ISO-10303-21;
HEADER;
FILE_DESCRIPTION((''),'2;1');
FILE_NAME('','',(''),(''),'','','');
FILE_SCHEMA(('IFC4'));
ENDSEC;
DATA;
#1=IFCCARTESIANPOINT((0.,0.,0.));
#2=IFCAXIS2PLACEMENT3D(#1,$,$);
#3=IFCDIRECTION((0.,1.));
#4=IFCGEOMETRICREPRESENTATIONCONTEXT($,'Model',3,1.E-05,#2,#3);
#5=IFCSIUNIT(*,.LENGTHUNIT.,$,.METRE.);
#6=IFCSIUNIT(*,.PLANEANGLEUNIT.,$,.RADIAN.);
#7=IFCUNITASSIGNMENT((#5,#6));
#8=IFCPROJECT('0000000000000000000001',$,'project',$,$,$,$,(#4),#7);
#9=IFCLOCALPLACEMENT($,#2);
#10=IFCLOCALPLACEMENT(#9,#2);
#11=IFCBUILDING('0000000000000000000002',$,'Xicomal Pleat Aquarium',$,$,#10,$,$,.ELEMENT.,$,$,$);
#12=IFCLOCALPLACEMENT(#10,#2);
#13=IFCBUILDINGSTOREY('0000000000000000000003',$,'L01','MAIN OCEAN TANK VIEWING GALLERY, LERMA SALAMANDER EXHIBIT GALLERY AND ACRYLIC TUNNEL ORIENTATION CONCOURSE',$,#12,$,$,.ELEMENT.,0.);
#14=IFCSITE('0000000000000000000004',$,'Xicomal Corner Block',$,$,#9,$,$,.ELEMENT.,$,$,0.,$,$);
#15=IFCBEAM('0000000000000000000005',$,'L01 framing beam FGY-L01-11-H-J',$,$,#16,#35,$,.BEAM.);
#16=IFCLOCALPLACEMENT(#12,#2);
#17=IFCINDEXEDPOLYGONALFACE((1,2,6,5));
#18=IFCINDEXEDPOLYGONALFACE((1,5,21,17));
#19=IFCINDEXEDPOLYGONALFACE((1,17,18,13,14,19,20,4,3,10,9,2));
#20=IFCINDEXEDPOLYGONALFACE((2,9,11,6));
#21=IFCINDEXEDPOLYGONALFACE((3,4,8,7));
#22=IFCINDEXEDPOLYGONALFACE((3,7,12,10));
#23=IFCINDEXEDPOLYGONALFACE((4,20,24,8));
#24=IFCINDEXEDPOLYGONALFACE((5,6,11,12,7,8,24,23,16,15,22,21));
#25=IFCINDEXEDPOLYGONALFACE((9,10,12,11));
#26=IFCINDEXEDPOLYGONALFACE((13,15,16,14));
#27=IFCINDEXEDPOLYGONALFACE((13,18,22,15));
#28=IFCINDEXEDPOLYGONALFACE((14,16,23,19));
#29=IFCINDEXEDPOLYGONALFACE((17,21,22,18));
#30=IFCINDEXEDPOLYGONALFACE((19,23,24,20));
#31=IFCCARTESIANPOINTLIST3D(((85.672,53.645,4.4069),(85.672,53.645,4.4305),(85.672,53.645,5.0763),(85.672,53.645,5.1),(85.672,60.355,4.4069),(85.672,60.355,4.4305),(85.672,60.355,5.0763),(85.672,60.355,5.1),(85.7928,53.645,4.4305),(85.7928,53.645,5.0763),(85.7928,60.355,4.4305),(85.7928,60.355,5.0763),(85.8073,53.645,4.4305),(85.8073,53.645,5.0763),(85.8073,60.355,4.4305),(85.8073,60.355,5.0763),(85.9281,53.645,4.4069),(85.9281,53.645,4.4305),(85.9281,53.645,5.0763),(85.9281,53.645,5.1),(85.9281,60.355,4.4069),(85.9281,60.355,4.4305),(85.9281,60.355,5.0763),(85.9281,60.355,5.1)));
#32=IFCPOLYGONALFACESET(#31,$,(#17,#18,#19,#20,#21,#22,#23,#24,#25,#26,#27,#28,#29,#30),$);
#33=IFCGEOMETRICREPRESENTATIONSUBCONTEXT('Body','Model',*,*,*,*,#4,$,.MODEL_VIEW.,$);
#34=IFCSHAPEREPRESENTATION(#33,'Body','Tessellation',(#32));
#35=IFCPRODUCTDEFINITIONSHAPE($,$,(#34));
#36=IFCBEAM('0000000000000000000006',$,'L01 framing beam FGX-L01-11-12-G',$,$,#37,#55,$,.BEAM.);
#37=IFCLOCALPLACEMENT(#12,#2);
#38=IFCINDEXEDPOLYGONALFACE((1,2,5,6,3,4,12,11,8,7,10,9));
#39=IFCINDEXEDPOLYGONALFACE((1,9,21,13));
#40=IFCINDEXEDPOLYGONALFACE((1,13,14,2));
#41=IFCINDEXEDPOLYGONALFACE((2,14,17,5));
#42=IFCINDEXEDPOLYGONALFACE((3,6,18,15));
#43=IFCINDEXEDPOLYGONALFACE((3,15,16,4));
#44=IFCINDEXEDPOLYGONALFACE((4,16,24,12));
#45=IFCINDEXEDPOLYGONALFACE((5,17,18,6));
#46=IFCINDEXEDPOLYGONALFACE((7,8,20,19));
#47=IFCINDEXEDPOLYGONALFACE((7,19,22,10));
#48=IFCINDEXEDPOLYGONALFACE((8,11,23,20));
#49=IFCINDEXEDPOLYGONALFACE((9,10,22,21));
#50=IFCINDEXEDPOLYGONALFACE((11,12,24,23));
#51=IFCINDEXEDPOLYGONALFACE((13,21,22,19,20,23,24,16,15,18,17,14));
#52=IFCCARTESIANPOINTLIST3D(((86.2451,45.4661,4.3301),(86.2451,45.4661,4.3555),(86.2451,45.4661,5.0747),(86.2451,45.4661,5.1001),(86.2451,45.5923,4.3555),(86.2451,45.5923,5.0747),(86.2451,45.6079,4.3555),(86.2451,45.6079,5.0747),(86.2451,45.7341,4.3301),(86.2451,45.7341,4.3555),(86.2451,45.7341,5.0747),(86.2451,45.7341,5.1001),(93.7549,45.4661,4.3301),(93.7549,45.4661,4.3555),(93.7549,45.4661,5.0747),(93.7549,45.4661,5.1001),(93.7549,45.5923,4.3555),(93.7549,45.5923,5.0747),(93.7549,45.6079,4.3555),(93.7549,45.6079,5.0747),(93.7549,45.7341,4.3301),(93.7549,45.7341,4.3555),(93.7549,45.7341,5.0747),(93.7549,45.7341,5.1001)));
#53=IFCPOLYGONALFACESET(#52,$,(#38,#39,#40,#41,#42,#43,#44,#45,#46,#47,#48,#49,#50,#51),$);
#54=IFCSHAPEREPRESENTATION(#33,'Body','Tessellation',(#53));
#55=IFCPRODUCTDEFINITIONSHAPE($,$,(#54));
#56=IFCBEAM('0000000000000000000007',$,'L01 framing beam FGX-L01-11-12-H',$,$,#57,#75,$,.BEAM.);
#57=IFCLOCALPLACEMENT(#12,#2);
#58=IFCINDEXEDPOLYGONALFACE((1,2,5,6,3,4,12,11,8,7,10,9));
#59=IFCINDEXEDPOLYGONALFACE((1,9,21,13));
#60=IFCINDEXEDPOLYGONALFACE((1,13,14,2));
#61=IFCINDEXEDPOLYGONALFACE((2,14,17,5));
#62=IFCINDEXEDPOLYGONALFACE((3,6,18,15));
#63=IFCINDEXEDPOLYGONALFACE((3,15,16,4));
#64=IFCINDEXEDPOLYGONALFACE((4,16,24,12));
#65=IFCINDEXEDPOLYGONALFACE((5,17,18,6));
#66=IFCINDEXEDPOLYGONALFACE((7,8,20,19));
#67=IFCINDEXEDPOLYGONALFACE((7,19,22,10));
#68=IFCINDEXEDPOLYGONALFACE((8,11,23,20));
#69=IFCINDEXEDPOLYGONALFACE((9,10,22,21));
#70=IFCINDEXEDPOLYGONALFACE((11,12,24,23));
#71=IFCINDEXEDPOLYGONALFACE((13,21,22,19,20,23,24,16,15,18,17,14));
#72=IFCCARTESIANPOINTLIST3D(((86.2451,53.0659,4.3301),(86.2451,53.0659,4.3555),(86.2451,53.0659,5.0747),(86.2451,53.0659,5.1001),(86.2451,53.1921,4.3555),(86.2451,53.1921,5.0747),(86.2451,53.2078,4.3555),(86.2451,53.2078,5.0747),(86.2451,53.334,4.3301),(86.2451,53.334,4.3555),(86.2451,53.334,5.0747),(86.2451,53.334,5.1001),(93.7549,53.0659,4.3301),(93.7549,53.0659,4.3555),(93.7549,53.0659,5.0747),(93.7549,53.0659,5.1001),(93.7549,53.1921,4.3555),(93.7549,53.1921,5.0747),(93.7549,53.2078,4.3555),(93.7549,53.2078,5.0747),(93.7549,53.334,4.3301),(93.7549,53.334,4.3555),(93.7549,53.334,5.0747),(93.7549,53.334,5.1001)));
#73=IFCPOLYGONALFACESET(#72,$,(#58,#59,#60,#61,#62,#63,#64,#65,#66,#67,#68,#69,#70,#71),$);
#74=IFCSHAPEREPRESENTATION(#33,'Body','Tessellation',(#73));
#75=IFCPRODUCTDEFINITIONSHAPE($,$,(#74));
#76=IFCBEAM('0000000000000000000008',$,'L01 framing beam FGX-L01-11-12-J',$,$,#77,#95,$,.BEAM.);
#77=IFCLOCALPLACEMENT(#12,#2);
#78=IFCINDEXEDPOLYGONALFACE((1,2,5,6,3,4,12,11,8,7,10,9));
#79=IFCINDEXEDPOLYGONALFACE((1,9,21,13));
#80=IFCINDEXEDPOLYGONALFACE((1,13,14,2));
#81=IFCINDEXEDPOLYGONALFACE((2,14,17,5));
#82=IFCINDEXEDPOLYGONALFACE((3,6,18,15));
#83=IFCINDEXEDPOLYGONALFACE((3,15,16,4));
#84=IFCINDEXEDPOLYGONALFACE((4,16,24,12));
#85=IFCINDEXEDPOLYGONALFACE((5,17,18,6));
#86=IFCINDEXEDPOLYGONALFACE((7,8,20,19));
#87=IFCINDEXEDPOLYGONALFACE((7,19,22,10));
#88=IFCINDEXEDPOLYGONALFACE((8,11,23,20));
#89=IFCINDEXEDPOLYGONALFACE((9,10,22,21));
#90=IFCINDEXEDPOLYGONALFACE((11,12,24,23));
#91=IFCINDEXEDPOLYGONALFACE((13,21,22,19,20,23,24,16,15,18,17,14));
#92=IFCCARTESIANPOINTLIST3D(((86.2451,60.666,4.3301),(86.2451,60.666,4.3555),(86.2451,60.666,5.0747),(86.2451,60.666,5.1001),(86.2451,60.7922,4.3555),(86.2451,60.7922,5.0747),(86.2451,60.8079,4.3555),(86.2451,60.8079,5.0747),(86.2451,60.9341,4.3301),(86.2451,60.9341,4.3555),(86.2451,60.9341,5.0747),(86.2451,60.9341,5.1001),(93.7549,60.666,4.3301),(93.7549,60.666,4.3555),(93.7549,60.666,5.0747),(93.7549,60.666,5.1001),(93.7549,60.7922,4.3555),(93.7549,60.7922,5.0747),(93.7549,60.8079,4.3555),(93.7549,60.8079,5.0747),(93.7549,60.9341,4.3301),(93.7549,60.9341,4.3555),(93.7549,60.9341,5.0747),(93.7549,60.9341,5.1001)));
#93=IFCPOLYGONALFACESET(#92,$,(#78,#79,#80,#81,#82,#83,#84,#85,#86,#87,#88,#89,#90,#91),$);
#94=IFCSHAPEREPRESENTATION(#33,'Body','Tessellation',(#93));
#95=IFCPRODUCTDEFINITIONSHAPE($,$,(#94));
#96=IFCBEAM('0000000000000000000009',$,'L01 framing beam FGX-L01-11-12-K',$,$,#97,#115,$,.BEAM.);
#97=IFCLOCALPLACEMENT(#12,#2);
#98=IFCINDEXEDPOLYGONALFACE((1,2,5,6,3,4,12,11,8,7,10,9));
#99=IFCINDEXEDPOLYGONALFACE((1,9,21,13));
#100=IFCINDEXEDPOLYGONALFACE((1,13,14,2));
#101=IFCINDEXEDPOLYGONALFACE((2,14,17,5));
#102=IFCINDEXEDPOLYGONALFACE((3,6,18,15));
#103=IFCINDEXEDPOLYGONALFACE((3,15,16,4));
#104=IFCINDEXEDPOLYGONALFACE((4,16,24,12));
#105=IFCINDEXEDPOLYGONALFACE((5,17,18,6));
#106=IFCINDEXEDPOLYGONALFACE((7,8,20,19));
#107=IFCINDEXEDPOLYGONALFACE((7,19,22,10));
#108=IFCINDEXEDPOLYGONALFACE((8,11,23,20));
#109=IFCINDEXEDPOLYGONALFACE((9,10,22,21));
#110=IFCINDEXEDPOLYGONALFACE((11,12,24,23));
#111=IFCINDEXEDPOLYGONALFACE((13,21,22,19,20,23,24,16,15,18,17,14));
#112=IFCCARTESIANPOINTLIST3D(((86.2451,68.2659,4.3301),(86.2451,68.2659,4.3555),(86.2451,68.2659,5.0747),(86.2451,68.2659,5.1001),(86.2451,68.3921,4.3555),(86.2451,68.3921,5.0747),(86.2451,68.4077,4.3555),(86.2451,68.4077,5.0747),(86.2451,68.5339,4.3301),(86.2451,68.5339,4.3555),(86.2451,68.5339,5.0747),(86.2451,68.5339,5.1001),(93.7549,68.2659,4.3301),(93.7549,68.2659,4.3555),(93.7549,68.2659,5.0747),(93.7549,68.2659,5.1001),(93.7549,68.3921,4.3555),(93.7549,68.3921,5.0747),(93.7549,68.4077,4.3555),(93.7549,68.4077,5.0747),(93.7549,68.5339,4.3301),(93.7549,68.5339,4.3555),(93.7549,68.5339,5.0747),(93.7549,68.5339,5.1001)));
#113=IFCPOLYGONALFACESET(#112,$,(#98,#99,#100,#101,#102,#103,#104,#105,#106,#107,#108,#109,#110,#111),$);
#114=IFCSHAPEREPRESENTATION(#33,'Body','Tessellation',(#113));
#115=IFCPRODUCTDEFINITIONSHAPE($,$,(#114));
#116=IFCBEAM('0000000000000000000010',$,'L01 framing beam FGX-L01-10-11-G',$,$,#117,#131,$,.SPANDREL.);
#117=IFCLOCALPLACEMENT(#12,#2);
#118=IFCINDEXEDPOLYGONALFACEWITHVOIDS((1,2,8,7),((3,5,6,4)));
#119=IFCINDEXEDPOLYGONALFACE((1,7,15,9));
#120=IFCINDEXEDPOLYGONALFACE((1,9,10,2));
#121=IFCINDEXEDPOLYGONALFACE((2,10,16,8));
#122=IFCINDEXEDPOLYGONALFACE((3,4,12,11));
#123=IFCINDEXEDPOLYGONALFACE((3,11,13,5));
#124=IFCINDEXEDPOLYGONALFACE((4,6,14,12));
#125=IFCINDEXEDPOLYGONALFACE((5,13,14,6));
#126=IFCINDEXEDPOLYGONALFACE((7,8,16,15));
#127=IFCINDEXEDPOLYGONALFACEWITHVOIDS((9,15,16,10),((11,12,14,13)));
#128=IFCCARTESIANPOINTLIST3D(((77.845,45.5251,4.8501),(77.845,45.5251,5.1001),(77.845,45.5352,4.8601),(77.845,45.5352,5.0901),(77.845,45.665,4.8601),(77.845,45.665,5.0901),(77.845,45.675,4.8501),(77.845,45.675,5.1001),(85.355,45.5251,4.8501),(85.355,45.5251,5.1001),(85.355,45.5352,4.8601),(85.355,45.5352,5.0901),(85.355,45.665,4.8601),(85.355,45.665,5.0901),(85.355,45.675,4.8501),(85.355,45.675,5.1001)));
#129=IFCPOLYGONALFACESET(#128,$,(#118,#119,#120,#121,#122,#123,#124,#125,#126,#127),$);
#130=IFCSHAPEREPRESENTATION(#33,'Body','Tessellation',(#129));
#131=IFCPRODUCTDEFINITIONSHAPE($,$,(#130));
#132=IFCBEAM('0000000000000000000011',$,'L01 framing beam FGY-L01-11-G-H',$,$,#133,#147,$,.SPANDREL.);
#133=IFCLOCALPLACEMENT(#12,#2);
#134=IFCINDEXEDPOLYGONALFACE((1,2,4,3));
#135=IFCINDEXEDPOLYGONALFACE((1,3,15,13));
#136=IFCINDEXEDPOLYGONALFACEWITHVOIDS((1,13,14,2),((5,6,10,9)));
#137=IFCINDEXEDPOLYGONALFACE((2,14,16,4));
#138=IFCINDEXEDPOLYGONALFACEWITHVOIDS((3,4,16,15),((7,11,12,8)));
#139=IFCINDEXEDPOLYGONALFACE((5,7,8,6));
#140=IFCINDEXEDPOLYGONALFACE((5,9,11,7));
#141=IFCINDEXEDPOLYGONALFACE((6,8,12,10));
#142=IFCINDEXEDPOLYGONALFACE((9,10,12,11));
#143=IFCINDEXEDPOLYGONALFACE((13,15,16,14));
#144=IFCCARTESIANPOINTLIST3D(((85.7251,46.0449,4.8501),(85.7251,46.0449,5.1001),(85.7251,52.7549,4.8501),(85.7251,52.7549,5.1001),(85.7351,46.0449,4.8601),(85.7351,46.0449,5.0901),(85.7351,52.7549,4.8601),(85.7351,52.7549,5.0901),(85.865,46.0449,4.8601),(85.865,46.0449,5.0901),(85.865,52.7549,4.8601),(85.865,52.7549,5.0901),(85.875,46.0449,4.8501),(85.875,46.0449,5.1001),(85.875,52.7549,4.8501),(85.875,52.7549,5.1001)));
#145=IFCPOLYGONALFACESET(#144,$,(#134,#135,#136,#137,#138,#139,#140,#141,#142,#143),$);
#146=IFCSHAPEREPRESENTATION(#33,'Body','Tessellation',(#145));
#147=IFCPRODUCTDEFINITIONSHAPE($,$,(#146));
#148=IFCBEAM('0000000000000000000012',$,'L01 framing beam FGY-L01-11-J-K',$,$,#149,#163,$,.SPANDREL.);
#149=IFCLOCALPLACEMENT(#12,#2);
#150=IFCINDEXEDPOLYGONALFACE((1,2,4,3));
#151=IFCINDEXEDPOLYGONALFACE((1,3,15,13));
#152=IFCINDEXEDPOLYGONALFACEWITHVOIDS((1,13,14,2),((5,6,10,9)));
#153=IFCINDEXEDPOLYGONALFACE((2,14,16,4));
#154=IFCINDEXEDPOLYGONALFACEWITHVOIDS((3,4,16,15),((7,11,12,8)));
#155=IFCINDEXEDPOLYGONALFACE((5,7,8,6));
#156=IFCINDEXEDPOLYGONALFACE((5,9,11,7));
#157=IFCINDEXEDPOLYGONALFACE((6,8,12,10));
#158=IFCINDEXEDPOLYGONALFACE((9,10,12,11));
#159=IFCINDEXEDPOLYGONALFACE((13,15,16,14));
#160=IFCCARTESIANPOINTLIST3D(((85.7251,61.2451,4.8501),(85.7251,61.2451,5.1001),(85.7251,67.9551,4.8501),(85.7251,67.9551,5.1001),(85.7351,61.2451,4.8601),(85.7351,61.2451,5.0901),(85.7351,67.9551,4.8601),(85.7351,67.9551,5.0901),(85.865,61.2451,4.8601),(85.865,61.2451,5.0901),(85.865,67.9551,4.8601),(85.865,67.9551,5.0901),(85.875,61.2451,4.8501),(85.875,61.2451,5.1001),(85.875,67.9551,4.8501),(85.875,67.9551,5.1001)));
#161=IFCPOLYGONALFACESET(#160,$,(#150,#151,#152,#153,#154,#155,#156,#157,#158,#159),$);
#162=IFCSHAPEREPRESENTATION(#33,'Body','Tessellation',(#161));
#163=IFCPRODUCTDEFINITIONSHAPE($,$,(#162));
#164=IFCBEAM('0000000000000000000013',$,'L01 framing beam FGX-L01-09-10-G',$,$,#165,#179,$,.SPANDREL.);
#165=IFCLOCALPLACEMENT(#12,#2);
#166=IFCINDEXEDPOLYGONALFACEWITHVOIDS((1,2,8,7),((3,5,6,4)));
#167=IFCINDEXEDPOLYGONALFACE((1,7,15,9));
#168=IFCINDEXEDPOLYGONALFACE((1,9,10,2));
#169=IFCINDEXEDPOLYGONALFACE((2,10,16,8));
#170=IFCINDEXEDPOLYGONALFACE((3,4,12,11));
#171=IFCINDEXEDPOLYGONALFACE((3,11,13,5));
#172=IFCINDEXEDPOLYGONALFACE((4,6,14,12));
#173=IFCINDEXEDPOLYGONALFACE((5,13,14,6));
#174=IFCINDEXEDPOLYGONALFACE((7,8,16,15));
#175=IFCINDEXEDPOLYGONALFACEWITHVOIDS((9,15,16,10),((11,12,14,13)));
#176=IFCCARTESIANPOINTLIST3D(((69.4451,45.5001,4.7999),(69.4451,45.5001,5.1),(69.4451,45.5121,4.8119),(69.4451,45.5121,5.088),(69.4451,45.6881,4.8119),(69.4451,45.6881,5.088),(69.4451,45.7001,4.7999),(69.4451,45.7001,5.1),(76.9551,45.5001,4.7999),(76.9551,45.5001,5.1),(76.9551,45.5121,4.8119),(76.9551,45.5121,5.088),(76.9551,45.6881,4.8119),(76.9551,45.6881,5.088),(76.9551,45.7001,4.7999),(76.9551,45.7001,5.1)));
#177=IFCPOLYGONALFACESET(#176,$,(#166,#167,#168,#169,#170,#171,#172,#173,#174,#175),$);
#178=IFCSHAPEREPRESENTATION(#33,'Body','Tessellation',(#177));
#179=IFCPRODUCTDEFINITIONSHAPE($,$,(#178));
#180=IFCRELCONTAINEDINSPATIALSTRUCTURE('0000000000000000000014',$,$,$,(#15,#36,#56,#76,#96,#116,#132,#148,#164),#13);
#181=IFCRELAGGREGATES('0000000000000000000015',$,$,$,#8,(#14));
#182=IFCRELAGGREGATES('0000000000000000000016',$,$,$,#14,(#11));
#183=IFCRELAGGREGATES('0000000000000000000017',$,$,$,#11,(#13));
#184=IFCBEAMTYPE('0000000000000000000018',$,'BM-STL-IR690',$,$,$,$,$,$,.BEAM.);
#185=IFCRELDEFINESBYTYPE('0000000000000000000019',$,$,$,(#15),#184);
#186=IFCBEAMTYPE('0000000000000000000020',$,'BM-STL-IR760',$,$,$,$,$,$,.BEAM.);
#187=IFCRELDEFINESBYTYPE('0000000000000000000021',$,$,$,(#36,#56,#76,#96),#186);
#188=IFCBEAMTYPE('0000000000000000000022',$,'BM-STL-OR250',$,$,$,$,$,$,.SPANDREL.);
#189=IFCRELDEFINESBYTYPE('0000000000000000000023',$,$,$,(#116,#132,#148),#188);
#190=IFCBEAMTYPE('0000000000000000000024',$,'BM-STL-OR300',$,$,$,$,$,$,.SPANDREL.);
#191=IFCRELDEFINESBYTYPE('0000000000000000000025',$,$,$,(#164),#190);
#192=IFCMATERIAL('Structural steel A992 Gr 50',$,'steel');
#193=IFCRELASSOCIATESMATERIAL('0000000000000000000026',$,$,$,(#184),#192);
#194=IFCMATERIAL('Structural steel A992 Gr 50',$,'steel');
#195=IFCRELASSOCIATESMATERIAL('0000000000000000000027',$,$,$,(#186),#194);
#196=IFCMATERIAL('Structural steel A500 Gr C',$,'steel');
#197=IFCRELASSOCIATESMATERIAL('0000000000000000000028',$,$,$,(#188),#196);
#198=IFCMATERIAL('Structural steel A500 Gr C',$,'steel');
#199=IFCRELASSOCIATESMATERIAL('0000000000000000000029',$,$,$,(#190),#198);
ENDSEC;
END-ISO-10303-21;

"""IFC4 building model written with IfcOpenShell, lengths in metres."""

from ifc_helpers import new_model, si_unit, direction, frame, origin, origin_2d, place, context, subcontext, project, spatial, hollow_rectangle, i_section, extrude, material, material_profile, profile_set, type_object, element, save


model = new_model("IFC4")

# Units and contexts
model_context = context("Model", 3, precision=1e-05, world=origin(), true_north=direction((0.0, 1.0)))
body_context = subcontext(model_context, "Body", "Model", "MODEL_VIEW")
ifc_project = project(units=[si_unit("LENGTHUNIT", "METRE"), si_unit("PLANEANGLEUNIT", "RADIAN")], contexts=[model_context])

# Site, building, storey
site_placement = place(None, origin())
site = spatial("IfcSite", under=ifc_project, at=site_placement, Name="Xicomal Corner Block", CompositionType="ELEMENT", RefElevation=0.0)
building_placement = place(site_placement, origin())
building = spatial("IfcBuilding", under=site, at=building_placement, Name="Xicomal Pleat Aquarium", CompositionType="ELEMENT")
storey_placement = place(building_placement, origin())
storey = spatial("IfcBuildingStorey", under=building, at=storey_placement, Name="L01", Description="MAIN OCEAN TANK VIEWING GALLERY, LERMA SALAMANDER EXHIBIT GALLERY AND ACRYLIC TUNNEL ORIENTATION CONCOURSE", CompositionType="ELEMENT", Elevation=0.0)

# Beams
ifc_material_1 = material(Name="Structural steel A992 Gr 50", Category="steel")
ifc_material_profile_1 = material_profile(ifc_material_1, i_section(OverallWidth=0.2561, OverallDepth=0.6931, WebThickness=0.0144, FlangeThickness=0.0237, at=origin_2d()), Name="IR 690x170")
ifc_profile_set_1 = profile_set([ifc_material_profile_1], Name="Structural steel A992 Gr 50")
beam_type_1 = type_object("IfcBeamType", Name="BM-STL-IR690", PredefinedType="BEAM", material=ifc_profile_set_1)
beam_1_placement = place(storey_placement, frame((85.8, 53.645, 4.7534), z_axis=(0.0, 1.0, 0.0), x_axis=(-1.0, 0.0, 0.0)))
element("IfcBeam", 1, at=beam_1_placement, inside=storey, type_object=beam_type_1, Name="L01 framing beam FGY-L01-11-H-J", PredefinedType="BEAM", context=body_context, shape_type="SweptSolid", body=[
    extrude(i_section(OverallWidth=0.2561, OverallDepth=0.6931, WebThickness=0.0144, FlangeThickness=0.0237, at=origin_2d()), origin(), (0.0, 0.0, 1.0), 6.71),
])
ifc_material_2 = material(Name="Structural steel A992 Gr 50", Category="steel")
ifc_material_profile_2 = material_profile(ifc_material_2, i_section(OverallWidth=0.2681, OverallDepth=0.77, WebThickness=0.0156, FlangeThickness=0.0254, at=origin_2d()), Name="IR 760x196")
ifc_profile_set_2 = profile_set([ifc_material_profile_2], Name="Structural steel A992 Gr 50")
beam_type_2 = type_object("IfcBeamType", Name="BM-STL-IR760", PredefinedType="BEAM", material=ifc_profile_set_2)
for number, where, z_axis, x_axis, name in (
    (2, (86.2451, 45.6001, 4.7151), (1.0, 0.0, 0.0), (0.0, 1.0, 0.0), "L01 framing beam FGX-L01-11-12-G"),
    (3, (86.2451, 53.2, 4.7151), (1.0, 0.0, 0.0), (0.0, 1.0, 0.0), "L01 framing beam FGX-L01-11-12-H"),
    (4, (86.2451, 60.8, 4.7151), (1.0, 0.0, 0.0), (0.0, 1.0, 0.0), "L01 framing beam FGX-L01-11-12-J"),
    (5, (86.2451, 68.3999, 4.7151), (1.0, 0.0, 0.0), (0.0, 1.0, 0.0), "L01 framing beam FGX-L01-11-12-K"),
):
    element("IfcBeam", number, at=place(storey_placement, frame(where, z_axis=z_axis, x_axis=x_axis)), inside=storey, type_object=beam_type_2, Name=name, PredefinedType="BEAM", context=body_context, shape_type="SweptSolid", body=[
        extrude(i_section(OverallWidth=0.2681, OverallDepth=0.77, WebThickness=0.0156, FlangeThickness=0.0254, at=origin_2d()), origin(), (0.0, 0.0, 1.0), 7.5098),
    ])
ifc_material_3 = material(Name="Structural steel A500 Gr C", Category="steel")
ifc_material_profile_3 = material_profile(ifc_material_3, hollow_rectangle(XDim=0.1499, YDim=0.25, WallThickness=0.01, at=origin_2d()), Name="OR 250x150x10")
ifc_profile_set_3 = profile_set([ifc_material_profile_3], Name="Structural steel A500 Gr C")
beam_type_3 = type_object("IfcBeamType", Name="BM-STL-OR250", PredefinedType="SPANDREL", material=ifc_profile_set_3)
beam_2_placement = place(storey_placement, frame((77.845, 45.6001, 4.9751), z_axis=(1.0, 0.0, 0.0), x_axis=(0.0, 1.0, 0.0)))
element("IfcBeam", 6, at=beam_2_placement, inside=storey, type_object=beam_type_3, Name="L01 framing beam FGX-L01-10-11-G", PredefinedType="SPANDREL", context=body_context, shape_type="SweptSolid", body=[
    extrude(hollow_rectangle(XDim=0.1499, YDim=0.25, WallThickness=0.01, at=origin_2d()), origin(), (0.0, 0.0, 1.0), 7.51),
])
for number, where, z_axis, x_axis, name in (
    (7, (85.8, 46.0449, 4.9751), (0.0, 1.0, 0.0), (-1.0, 0.0, 0.0), "L01 framing beam FGY-L01-11-G-H"),
    (8, (85.8, 61.2451, 4.9751), (0.0, 1.0, 0.0), (-1.0, 0.0, 0.0), "L01 framing beam FGY-L01-11-J-K"),
):
    element("IfcBeam", number, at=place(storey_placement, frame(where, z_axis=z_axis, x_axis=x_axis)), inside=storey, type_object=beam_type_3, Name=name, PredefinedType="SPANDREL", context=body_context, shape_type="SweptSolid", body=[
        extrude(hollow_rectangle(XDim=0.1499, YDim=0.25, WallThickness=0.01, at=origin_2d()), origin(), (0.0, 0.0, 1.0), 6.71),
    ])
ifc_material_4 = material(Name="Structural steel A500 Gr C", Category="steel")
ifc_material_profile_4 = material_profile(ifc_material_4, hollow_rectangle(XDim=0.2, YDim=0.3, WallThickness=0.012, at=origin_2d()), Name="OR 300x200x12")
ifc_profile_set_4 = profile_set([ifc_material_profile_4], Name="Structural steel A500 Gr C")
beam_type_4 = type_object("IfcBeamType", Name="BM-STL-OR300", PredefinedType="SPANDREL", material=ifc_profile_set_4)
beam_3_placement = place(storey_placement, frame((69.4451, 45.6001, 4.95), z_axis=(1.0, 0.0, 0.0), x_axis=(0.0, 1.0, 0.0)))
element("IfcBeam", 9, at=beam_3_placement, inside=storey, type_object=beam_type_4, Name="L01 framing beam FGX-L01-09-10-G", PredefinedType="SPANDREL", context=body_context, shape_type="SweptSolid", body=[
    extrude(hollow_rectangle(XDim=0.2, YDim=0.3, WallThickness=0.012, at=origin_2d()), origin(), (0.0, 0.0, 1.0), 7.51),
])

save(model, "model.ifc")
